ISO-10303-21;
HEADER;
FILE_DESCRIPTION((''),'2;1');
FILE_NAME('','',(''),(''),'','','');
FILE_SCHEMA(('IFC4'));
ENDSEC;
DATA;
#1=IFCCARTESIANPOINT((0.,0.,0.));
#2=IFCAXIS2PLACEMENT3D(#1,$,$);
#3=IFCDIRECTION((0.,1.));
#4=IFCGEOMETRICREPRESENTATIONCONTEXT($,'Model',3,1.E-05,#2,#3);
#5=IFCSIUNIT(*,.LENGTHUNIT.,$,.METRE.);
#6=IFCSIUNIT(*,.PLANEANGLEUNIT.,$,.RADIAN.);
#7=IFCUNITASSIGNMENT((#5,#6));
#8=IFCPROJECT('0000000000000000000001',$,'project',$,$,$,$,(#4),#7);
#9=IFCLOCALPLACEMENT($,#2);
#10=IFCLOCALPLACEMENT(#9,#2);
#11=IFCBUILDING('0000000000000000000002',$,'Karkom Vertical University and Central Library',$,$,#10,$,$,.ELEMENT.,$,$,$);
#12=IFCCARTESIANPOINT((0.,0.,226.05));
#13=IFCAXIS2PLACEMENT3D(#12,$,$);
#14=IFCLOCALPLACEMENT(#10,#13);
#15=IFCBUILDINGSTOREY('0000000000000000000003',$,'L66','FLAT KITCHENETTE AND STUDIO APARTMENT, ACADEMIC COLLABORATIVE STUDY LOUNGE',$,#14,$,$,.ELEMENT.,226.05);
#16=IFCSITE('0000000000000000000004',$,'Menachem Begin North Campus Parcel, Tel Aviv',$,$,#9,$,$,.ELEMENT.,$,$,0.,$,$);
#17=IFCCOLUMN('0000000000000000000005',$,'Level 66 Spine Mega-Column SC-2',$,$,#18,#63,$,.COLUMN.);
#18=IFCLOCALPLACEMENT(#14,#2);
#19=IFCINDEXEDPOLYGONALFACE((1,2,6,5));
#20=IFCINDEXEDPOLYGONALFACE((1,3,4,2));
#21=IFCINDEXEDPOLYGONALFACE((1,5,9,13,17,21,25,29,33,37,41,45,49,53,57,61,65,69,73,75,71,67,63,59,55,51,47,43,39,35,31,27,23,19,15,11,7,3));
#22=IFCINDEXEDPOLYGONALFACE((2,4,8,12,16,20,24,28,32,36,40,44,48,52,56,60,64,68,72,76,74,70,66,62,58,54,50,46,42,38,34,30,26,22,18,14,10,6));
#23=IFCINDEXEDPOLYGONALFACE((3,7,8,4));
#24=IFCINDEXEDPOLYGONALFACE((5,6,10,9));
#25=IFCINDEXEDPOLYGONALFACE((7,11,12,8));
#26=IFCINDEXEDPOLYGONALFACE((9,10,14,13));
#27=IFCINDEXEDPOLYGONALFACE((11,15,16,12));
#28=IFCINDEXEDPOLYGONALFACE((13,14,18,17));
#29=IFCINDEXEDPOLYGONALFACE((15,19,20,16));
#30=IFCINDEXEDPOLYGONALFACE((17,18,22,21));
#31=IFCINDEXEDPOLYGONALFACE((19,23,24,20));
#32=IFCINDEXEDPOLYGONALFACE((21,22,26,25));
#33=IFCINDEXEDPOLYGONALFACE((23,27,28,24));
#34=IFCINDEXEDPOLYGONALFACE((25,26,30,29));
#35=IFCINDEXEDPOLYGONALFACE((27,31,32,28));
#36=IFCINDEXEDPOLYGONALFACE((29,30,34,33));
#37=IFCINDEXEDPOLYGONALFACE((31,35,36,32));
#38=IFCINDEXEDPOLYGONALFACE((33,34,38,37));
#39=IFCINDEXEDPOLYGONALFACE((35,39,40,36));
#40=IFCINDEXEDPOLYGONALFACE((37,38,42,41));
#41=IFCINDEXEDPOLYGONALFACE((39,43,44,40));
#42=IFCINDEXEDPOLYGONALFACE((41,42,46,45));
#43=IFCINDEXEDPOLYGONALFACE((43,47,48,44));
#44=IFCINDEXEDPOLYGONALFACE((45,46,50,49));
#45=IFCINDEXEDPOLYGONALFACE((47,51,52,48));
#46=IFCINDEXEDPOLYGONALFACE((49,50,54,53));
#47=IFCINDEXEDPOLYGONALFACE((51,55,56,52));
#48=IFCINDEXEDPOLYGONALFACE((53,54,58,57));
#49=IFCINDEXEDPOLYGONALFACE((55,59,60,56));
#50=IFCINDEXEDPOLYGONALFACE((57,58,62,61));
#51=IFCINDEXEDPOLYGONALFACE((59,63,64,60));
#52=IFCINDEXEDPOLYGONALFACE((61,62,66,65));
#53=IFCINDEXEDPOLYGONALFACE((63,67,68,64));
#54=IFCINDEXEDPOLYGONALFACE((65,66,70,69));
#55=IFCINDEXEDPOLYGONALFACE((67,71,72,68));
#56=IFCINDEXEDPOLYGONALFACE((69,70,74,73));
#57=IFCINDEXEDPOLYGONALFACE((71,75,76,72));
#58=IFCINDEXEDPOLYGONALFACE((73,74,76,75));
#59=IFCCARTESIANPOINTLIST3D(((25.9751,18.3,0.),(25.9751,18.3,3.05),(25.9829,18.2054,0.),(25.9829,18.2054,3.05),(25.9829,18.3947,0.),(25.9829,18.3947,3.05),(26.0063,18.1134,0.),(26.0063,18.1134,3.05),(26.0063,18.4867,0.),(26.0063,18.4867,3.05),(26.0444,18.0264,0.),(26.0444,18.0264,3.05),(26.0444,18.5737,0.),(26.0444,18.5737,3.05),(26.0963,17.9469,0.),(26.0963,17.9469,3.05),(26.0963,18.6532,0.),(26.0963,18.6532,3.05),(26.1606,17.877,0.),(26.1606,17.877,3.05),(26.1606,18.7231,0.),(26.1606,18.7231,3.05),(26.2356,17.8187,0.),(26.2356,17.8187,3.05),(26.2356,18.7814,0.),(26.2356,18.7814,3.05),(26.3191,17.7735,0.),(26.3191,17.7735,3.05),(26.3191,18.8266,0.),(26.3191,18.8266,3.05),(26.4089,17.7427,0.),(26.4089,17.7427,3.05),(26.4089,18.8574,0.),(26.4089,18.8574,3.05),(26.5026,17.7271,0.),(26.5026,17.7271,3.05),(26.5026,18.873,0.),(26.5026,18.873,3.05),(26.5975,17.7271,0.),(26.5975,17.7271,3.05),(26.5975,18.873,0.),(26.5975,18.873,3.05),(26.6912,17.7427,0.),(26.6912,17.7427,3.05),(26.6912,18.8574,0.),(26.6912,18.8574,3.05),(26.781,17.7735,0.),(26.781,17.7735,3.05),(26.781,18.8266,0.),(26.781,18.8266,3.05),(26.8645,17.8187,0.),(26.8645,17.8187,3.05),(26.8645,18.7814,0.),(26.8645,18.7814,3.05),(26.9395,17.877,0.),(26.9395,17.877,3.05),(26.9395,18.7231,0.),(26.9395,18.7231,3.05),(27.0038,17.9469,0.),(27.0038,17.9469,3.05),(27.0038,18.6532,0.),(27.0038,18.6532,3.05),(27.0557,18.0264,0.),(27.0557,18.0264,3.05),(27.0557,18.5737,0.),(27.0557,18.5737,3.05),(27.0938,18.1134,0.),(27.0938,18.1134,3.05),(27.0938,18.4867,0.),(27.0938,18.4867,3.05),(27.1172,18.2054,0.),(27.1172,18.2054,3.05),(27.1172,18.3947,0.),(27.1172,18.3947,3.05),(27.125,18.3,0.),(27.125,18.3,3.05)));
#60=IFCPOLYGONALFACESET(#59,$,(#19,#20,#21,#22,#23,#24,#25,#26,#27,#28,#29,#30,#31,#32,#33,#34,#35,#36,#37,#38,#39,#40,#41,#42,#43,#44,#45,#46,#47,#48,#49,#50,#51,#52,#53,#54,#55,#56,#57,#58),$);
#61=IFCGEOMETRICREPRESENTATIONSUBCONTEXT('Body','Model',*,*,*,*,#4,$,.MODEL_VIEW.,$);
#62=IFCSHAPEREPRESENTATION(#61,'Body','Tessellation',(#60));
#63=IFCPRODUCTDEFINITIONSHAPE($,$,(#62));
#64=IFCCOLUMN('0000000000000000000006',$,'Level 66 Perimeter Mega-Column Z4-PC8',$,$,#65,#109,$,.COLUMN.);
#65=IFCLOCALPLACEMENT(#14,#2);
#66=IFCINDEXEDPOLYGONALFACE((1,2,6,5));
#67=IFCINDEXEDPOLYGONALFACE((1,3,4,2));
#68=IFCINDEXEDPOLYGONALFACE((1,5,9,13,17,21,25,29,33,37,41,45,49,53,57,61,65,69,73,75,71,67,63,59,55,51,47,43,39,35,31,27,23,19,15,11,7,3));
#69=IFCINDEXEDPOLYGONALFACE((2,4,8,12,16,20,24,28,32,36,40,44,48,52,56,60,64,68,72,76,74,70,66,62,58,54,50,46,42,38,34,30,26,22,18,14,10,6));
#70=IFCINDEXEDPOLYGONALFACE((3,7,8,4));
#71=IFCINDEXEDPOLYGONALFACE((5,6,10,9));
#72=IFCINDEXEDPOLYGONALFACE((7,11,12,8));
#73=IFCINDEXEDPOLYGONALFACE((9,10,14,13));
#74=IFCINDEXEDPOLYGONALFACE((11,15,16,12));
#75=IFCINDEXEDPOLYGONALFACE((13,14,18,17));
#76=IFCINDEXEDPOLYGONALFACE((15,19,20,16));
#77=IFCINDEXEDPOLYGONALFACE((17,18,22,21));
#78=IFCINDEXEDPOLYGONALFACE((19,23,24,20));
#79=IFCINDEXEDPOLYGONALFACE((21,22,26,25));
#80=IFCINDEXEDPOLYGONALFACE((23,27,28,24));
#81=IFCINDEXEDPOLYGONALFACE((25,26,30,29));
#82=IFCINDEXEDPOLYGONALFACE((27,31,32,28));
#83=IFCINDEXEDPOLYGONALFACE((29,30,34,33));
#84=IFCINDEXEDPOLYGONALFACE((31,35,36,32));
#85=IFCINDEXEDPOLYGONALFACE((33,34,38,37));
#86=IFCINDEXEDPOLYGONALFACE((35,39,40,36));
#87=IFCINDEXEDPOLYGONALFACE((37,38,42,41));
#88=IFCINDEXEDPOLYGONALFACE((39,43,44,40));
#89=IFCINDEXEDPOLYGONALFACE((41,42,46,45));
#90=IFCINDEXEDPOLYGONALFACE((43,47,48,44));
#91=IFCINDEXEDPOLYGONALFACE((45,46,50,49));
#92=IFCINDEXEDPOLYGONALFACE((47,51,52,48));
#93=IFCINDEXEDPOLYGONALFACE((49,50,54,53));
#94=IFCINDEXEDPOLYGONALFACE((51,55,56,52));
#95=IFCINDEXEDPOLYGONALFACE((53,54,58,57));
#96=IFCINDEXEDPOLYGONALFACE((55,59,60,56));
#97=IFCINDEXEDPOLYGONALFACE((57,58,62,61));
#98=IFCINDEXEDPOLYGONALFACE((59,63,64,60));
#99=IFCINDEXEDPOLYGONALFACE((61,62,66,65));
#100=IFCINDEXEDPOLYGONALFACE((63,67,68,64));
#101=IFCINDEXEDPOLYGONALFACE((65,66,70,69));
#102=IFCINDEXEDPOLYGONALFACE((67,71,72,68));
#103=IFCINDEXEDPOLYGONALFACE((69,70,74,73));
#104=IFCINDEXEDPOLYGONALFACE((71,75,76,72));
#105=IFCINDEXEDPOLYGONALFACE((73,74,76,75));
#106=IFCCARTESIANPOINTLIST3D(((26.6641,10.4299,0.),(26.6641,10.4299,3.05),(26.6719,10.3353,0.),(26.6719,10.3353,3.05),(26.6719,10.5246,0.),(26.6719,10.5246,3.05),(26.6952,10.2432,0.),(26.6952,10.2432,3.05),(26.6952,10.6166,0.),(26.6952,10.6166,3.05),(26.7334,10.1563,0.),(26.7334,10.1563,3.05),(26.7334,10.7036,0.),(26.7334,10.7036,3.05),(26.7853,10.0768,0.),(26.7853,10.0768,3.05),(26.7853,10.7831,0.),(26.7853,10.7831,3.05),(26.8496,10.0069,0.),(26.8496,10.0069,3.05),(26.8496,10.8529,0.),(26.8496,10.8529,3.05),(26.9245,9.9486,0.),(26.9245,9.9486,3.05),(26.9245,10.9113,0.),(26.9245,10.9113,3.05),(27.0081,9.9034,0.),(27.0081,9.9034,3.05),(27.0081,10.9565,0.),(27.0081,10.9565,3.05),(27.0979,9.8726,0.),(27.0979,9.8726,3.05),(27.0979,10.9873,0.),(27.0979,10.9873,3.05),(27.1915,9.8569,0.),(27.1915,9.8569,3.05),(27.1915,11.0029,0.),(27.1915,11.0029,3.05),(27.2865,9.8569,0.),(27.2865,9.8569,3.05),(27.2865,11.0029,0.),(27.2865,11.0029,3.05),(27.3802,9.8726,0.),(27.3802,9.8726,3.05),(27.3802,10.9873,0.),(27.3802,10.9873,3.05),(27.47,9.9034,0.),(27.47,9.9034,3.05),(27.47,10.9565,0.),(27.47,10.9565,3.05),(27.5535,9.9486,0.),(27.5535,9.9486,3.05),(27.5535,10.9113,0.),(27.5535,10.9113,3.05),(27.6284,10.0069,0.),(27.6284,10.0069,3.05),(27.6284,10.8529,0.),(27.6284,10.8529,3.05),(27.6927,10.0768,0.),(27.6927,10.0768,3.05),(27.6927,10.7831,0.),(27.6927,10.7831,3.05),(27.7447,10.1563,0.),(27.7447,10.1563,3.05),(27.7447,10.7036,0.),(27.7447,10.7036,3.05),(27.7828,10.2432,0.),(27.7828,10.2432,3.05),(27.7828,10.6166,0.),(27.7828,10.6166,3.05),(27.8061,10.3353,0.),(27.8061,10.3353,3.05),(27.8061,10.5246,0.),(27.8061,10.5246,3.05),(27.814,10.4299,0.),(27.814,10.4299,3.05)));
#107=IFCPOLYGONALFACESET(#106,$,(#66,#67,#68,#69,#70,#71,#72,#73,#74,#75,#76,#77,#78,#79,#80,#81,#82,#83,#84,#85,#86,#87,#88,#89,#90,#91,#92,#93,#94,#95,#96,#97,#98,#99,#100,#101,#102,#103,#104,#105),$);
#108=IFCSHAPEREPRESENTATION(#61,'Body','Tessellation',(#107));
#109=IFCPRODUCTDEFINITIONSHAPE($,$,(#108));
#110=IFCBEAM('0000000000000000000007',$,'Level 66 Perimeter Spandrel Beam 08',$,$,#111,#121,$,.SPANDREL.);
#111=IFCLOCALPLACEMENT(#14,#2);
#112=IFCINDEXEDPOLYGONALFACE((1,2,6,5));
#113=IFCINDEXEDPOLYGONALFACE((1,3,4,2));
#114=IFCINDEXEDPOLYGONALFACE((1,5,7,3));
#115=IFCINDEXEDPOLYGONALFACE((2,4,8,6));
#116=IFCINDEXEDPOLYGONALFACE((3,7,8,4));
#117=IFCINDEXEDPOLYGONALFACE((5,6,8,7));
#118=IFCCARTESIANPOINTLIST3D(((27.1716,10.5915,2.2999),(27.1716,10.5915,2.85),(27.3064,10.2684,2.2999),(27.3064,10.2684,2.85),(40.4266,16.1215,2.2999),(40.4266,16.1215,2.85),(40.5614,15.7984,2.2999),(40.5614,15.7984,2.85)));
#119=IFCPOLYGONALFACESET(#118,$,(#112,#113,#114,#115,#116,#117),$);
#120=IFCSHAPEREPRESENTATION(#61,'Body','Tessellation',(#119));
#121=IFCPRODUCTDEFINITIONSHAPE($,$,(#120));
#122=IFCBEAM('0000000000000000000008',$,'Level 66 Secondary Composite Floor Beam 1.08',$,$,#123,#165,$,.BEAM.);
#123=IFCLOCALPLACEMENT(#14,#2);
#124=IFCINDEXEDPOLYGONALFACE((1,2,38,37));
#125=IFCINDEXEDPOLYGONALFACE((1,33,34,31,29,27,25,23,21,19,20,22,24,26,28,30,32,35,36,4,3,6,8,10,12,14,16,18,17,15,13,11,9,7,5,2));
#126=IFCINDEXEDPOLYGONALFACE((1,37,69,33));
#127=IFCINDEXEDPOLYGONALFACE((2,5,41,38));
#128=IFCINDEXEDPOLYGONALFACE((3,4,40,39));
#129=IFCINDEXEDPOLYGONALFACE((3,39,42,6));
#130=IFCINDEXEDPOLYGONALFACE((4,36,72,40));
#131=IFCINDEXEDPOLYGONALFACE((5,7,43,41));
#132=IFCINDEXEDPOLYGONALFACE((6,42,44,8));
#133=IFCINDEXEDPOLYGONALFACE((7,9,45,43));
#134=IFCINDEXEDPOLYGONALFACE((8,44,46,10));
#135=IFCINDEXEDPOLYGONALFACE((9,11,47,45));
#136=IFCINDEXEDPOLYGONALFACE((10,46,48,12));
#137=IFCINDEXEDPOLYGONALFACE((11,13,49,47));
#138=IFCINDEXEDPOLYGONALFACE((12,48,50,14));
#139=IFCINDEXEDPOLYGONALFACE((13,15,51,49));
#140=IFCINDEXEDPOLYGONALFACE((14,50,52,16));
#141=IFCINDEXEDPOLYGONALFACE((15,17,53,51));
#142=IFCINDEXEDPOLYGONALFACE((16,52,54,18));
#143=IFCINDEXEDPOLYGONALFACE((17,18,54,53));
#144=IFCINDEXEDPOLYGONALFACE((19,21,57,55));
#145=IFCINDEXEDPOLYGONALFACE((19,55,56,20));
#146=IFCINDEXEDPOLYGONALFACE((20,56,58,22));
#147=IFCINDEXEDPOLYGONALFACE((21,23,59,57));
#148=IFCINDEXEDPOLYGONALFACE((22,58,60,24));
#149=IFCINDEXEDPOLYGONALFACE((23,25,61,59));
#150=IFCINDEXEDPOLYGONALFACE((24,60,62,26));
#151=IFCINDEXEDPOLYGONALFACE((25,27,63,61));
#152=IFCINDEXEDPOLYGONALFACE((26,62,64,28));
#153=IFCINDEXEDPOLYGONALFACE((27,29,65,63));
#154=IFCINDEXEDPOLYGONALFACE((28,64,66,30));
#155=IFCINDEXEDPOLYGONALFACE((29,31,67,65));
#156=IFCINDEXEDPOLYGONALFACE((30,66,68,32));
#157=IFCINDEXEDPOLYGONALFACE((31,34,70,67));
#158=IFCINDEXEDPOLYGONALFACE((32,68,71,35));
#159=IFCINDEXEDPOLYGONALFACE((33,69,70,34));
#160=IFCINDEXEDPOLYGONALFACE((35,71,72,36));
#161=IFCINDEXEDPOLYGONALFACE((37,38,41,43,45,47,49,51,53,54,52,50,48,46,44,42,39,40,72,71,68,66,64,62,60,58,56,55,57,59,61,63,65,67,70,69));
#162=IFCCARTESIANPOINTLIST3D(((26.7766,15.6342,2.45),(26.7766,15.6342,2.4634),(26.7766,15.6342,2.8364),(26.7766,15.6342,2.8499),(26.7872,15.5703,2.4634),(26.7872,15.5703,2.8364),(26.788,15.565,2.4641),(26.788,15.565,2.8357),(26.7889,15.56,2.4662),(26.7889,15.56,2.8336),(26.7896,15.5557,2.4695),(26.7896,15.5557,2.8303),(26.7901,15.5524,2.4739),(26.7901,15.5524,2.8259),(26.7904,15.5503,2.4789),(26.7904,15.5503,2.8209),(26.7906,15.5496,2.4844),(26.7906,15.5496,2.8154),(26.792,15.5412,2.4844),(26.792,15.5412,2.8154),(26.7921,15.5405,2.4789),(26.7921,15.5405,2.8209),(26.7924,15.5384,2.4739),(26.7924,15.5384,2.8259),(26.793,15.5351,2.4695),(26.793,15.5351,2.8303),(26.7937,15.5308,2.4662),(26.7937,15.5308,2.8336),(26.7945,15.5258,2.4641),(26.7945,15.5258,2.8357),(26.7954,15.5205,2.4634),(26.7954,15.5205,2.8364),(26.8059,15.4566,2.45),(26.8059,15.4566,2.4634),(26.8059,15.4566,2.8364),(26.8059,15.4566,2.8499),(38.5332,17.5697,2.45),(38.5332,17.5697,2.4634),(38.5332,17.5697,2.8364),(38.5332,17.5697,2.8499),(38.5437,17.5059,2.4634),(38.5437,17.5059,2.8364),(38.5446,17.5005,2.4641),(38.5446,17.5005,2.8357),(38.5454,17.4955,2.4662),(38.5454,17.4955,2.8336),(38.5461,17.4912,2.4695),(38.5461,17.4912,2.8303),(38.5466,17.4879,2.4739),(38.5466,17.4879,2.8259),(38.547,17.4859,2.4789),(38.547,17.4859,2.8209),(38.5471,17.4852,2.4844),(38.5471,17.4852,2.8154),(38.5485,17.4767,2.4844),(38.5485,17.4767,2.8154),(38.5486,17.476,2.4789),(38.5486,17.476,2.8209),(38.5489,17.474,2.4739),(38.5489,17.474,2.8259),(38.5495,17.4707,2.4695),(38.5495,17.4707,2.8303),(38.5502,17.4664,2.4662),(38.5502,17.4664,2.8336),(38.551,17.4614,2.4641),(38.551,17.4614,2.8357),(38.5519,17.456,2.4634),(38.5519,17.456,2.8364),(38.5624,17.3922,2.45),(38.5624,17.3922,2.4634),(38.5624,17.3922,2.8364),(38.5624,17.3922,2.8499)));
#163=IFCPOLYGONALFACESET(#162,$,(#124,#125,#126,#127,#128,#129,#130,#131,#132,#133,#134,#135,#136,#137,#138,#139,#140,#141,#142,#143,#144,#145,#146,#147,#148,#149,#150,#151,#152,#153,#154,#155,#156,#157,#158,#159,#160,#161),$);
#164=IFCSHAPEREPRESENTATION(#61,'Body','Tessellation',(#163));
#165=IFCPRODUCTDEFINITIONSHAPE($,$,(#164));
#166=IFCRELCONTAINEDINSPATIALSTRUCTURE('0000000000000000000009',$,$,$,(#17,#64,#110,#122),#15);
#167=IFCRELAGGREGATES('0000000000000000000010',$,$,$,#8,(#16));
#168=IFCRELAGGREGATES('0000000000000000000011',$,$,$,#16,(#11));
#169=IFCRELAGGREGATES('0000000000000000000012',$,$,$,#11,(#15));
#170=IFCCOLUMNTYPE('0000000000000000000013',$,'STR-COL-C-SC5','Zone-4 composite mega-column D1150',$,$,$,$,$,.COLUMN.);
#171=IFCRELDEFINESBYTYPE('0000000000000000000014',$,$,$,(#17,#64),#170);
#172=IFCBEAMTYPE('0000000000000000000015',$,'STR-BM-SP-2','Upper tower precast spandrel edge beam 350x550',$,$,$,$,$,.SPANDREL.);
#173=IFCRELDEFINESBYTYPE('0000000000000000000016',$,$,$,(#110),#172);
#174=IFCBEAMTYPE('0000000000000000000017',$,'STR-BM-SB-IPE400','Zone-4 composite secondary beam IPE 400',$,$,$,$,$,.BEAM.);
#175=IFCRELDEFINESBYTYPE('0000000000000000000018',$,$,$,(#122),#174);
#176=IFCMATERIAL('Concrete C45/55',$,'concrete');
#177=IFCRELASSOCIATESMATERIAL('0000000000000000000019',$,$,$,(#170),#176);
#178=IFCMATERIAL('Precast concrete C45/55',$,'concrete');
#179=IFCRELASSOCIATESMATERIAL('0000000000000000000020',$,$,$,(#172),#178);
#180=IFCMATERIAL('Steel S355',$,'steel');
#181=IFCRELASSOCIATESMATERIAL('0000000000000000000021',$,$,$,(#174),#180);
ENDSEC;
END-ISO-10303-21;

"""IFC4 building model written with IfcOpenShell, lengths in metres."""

from ifc_helpers import new_model, si_unit, direction, frame, origin, origin_with_axes, origin_2d, place, context, subcontext, project, spatial, rectangle, circle, i_section, extrude, source, transform, mapped, material, material_profile, profile_set, type_object, element, save


model = new_model("IFC4")

# Units and contexts
model_context = context("Model", 3, precision=1e-05, world=origin(), true_north=direction((0.0, 1.0)))
body_context = subcontext(model_context, "Body", "Model", "MODEL_VIEW")
ifc_project = project(units=[si_unit("LENGTHUNIT", "METRE"), si_unit("PLANEANGLEUNIT", "RADIAN")], contexts=[model_context])

# Site, building, storey
site_placement = place(None, origin())
site = spatial("IfcSite", under=ifc_project, at=site_placement, Name="Menachem Begin North Campus Parcel, Tel Aviv", CompositionType="ELEMENT", RefElevation=0.0)
building_placement = place(site_placement, origin())
building = spatial("IfcBuilding", under=site, at=building_placement, Name="Karkom Vertical University and Central Library", CompositionType="ELEMENT")
storey_placement = place(building_placement, frame((0.0, 0.0, 226.05)))
storey = spatial("IfcBuildingStorey", under=building, at=storey_placement, Name="L66", Description="FLAT KITCHENETTE AND STUDIO APARTMENT, ACADEMIC COLLABORATIVE STUDY LOUNGE", CompositionType="ELEMENT", Elevation=226.05)

# Columns
ifc_material_1 = material(Name="Concrete C45/55", Category="concrete")
ifc_material_profile_1 = material_profile(ifc_material_1, circle(Radius=0.575, at=origin_2d()), Name="CFT-D1150")
ifc_profile_set_1 = profile_set([ifc_material_profile_1], Name="Concrete C45/55")
column_type = type_object("IfcColumnType", Name="STR-COL-C-SC5", Description="Zone-4 composite mega-column D1150", PredefinedType="COLUMN", material=ifc_profile_set_1)
shared_shape_1 = source(origin_with_axes(), body_context, "Body", "SweptSolid", [
    extrude(circle(Radius=0.575, at=origin_2d()), origin(), (0.0, 0.0, 1.0), 3.05),
])
for number, where, z_axis, x_axis, name in (
    (1, (26.55, 18.3, 0.0), (0.0, 0.0, 1.0), (1.0, 0.0, 0.0), "Level 66 Spine Mega-Column SC-2"),
    (2, (27.239, 10.4299, 0.0), (0.0, 0.0, 1.0), (1.0, 0.0, 0.0), "Level 66 Perimeter Mega-Column Z4-PC8"),
):
    element("IfcColumn", number, at=place(storey_placement, frame(where, z_axis=z_axis, x_axis=x_axis)), inside=storey, type_object=column_type, Name=name, PredefinedType="COLUMN", context=body_context, shape_type="MappedRepresentation", body=[
        mapped(shared_shape_1, transform((0.0, 0.0, 0.0), scale=1.0)),
    ])

# Beams
ifc_material_2 = material(Name="Precast concrete C45/55", Category="concrete")
ifc_material_profile_2 = material_profile(ifc_material_2, rectangle(XDim=0.3501, YDim=0.55, at=origin_2d()), Name="SPB-350x550")
ifc_profile_set_2 = profile_set([ifc_material_profile_2], Name="Precast concrete C45/55")
beam_type_1 = type_object("IfcBeamType", Name="STR-BM-SP-2", Description="Upper tower precast spandrel edge beam 350x550", PredefinedType="SPANDREL", material=ifc_profile_set_2)
shared_shape_2 = source(origin_with_axes(), body_context, "Body", "SweptSolid", [
    extrude(rectangle(XDim=0.3501, YDim=0.55, at=origin_2d()), origin(), (0.0, 0.0, 1.0), 14.3623),
])
beam_1_placement = place(storey_placement, frame((27.239, 10.4299, 2.575), z_axis=(0.9229, 0.38504, 0.0), x_axis=(-0.38504, 0.9229, 0.0)))
element("IfcBeam", 3, at=beam_1_placement, inside=storey, type_object=beam_type_1, Name="Level 66 Perimeter Spandrel Beam 08", PredefinedType="SPANDREL", context=body_context, shape_type="MappedRepresentation", body=[
    mapped(shared_shape_2, transform((0.0, 0.0, 0.0), scale=1.0)),
])
ifc_material_3 = material(Name="Steel S355", Category="steel")
ifc_material_profile_3 = material_profile(ifc_material_3, i_section(OverallWidth=0.1799, OverallDepth=0.3999, WebThickness=0.0085, FlangeThickness=0.0134, FilletRadius=0.021, at=origin_2d()), Name="IPE 400")
ifc_profile_set_3 = profile_set([ifc_material_profile_3], Name="Steel S355")
beam_type_2 = type_object("IfcBeamType", Name="STR-BM-SB-IPE400", Description="Zone-4 composite secondary beam IPE 400", PredefinedType="BEAM", material=ifc_profile_set_3)
shared_shape_3 = source(origin_with_axes(), body_context, "Body", "SweptSolid", [
    extrude(i_section(OverallWidth=0.1799, OverallDepth=0.3999, WebThickness=0.0085, FlangeThickness=0.0134, FilletRadius=0.021, at=origin_2d()), origin(), (0.0, 0.0, 1.0), 11.9148),
])
beam_2_placement = place(storey_placement, frame((26.7913, 15.5454, 2.6499), z_axis=(0.986717, 0.162448, 0.0), x_axis=(-0.162448, 0.986717, 0.0)))
element("IfcBeam", 4, at=beam_2_placement, inside=storey, type_object=beam_type_2, Name="Level 66 Secondary Composite Floor Beam 1.08", PredefinedType="BEAM", context=body_context, shape_type="MappedRepresentation", body=[
    mapped(shared_shape_3, transform((0.0, 0.0, 0.0), scale=1.0)),
])

save(model, "model.ifc")
